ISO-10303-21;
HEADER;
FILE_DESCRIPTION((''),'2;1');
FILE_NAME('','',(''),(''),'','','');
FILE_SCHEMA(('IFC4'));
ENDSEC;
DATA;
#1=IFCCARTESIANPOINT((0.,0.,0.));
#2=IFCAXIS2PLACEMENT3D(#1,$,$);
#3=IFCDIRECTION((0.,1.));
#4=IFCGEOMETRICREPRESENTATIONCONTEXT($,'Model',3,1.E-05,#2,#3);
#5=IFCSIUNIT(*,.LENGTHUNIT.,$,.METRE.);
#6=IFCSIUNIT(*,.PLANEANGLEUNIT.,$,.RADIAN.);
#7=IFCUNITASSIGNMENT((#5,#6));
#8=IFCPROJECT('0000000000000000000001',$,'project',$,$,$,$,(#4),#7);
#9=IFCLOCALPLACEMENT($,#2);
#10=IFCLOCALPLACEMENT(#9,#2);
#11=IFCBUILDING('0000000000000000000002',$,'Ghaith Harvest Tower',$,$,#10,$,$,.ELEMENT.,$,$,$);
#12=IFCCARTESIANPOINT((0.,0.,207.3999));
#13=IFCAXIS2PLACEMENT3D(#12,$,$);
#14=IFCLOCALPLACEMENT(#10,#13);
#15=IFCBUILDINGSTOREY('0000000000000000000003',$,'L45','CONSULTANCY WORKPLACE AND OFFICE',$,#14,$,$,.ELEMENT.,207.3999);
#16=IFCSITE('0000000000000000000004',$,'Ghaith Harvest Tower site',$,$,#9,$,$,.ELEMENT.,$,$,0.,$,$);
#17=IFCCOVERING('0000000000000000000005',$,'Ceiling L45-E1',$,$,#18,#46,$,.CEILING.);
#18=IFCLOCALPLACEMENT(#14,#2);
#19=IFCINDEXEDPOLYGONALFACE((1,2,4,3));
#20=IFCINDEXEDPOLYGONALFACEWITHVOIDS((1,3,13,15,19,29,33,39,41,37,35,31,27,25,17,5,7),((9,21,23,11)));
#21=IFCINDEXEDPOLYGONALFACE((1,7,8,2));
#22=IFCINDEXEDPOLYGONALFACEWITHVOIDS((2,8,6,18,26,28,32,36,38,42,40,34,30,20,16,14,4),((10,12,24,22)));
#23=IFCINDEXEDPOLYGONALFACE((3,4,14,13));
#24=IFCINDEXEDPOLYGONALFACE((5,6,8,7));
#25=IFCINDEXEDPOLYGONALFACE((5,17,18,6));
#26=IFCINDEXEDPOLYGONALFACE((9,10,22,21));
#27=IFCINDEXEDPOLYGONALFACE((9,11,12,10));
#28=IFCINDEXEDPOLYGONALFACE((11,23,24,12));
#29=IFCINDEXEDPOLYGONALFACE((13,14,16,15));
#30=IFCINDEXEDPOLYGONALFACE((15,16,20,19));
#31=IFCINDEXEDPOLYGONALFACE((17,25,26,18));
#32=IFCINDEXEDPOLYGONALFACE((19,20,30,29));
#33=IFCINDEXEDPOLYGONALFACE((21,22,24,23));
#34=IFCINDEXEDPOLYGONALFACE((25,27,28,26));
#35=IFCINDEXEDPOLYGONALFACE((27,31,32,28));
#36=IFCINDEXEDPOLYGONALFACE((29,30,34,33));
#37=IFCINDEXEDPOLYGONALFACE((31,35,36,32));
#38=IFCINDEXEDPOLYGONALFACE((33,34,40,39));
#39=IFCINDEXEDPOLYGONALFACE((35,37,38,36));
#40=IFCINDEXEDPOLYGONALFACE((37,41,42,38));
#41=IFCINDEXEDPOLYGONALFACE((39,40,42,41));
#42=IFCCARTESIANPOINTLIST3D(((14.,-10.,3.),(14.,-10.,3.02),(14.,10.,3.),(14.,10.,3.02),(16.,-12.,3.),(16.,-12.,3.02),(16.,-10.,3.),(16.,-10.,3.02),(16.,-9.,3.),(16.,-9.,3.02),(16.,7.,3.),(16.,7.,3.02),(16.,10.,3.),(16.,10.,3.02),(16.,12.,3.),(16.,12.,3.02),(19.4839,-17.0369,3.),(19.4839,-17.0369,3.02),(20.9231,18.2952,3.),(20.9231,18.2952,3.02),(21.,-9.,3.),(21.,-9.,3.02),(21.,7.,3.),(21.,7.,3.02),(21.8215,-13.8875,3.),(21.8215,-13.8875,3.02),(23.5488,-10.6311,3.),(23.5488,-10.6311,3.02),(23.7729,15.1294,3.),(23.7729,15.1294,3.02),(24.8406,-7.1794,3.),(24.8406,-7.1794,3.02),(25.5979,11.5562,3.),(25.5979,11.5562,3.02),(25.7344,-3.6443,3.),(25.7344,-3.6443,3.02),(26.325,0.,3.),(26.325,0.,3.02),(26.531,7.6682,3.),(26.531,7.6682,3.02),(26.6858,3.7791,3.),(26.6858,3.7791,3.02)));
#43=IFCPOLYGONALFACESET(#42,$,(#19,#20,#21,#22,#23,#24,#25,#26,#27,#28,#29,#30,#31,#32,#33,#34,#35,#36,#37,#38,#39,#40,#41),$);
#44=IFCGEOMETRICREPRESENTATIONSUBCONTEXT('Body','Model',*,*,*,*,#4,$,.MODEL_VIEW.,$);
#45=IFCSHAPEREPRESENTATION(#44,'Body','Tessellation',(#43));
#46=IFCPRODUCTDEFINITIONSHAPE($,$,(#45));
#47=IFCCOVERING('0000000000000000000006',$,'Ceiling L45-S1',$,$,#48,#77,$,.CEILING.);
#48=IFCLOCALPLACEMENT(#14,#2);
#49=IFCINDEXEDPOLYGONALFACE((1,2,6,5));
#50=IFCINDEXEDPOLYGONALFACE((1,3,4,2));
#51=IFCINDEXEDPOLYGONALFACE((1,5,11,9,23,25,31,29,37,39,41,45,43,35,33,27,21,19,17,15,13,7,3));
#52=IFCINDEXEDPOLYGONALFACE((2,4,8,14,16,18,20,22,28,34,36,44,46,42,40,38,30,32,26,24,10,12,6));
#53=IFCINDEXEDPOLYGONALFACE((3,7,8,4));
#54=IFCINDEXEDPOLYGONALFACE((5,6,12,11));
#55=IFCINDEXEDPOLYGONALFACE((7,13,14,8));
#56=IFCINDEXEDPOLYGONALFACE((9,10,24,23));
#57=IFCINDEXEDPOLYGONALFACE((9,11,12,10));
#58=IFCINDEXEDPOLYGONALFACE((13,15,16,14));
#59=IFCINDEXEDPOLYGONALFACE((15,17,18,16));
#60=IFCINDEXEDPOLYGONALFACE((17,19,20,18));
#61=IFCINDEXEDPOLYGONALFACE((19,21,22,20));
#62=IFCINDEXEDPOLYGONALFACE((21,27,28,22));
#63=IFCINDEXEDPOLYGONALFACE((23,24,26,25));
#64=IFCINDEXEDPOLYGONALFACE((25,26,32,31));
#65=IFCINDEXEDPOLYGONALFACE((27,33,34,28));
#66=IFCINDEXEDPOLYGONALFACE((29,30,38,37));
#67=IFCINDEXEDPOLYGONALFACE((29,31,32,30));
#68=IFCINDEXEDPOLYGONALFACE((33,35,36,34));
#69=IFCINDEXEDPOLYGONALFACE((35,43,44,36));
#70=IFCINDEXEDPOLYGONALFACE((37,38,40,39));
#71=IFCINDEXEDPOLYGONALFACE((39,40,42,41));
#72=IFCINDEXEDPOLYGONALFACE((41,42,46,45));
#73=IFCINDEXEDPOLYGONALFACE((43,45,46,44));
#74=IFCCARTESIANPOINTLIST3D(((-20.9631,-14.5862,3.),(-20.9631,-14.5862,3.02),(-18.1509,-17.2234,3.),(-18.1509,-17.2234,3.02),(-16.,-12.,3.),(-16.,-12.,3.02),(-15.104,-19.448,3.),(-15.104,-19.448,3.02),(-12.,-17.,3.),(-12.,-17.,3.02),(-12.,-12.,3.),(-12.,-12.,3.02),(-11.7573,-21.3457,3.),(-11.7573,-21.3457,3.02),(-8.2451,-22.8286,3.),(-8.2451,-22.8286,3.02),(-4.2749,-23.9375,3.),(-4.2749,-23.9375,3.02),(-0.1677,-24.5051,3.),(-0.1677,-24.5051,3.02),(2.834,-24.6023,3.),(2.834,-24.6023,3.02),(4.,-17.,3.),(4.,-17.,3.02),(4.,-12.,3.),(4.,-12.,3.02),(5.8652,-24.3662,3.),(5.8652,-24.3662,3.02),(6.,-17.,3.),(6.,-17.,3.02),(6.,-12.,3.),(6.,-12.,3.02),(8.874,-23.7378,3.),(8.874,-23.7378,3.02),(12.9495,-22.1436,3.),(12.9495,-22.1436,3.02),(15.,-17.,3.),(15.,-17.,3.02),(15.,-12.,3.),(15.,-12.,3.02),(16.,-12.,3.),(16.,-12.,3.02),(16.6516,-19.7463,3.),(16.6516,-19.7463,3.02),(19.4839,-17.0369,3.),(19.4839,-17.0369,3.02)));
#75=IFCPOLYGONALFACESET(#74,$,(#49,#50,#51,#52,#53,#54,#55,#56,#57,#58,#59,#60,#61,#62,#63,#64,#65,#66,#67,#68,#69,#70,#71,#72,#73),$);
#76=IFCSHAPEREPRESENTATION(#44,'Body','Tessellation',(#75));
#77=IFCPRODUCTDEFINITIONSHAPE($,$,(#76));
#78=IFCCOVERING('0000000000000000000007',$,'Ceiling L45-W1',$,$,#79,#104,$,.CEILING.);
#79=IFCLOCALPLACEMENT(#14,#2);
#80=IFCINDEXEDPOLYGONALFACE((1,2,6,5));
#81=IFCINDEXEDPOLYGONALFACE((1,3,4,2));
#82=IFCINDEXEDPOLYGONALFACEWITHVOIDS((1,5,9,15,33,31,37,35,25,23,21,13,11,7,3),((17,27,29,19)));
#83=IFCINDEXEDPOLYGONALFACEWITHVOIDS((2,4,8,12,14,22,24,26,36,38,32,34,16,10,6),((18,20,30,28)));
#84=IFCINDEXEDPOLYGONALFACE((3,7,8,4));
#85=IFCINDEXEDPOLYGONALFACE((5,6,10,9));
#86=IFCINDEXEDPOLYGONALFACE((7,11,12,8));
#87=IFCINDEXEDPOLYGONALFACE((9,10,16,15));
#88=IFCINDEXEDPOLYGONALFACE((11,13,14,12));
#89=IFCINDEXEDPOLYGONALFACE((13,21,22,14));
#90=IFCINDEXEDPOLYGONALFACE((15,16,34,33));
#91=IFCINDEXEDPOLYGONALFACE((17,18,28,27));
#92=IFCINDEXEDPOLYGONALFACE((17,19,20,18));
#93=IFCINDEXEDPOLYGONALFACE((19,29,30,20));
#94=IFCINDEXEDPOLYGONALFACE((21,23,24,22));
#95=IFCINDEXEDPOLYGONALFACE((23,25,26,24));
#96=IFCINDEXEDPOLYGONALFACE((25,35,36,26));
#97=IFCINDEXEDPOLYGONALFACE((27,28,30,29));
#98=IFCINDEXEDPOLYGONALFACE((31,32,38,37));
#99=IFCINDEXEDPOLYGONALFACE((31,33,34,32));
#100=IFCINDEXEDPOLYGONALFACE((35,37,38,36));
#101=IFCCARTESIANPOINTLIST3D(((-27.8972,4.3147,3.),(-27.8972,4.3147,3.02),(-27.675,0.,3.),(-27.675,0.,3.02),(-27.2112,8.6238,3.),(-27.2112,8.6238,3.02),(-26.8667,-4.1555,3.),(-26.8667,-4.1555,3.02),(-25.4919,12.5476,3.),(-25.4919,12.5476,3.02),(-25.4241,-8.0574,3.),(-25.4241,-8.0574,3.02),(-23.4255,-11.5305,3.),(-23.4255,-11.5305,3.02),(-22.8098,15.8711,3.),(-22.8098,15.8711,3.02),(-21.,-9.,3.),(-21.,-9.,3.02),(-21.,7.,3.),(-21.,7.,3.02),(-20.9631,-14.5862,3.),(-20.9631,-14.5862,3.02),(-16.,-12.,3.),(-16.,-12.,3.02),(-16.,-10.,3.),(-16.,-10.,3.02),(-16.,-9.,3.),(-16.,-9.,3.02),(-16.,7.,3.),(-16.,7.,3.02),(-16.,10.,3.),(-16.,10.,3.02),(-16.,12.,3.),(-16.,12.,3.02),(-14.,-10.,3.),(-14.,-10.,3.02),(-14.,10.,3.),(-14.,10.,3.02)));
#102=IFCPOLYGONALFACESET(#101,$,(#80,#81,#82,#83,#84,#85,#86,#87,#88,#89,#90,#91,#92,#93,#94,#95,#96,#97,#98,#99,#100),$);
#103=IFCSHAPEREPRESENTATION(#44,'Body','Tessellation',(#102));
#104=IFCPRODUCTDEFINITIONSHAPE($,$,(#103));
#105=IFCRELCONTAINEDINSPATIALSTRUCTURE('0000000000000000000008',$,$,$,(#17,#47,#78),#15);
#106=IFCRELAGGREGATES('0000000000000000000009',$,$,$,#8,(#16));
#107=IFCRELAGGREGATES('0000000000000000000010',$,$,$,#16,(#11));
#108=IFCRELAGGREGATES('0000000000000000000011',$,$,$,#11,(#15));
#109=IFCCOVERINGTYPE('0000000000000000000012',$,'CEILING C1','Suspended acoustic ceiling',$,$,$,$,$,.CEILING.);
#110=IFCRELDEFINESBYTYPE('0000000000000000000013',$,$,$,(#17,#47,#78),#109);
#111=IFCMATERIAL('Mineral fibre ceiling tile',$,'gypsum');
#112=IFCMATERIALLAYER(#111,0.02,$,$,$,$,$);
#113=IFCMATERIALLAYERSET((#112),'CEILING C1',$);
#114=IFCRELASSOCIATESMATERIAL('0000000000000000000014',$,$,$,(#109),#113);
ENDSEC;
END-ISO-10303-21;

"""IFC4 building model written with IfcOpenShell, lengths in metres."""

from ifc_helpers import new_model, si_unit, direction, frame, origin, place, context, subcontext, project, spatial, polyline, outline, extrude, material, layer, layer_set, type_object, element, save


model = new_model("IFC4")

# Units and contexts
model_context = context("Model", 3, precision=1e-05, world=origin(), true_north=direction((0.0, 1.0)))
body_context = subcontext(model_context, "Body", "Model", "MODEL_VIEW")
ifc_project = project(units=[si_unit("LENGTHUNIT", "METRE"), si_unit("PLANEANGLEUNIT", "RADIAN")], contexts=[model_context])

# Site, building, storey
site_placement = place(None, origin())
site = spatial("IfcSite", under=ifc_project, at=site_placement, Name="Ghaith Harvest Tower site", CompositionType="ELEMENT", RefElevation=0.0)
building_placement = place(site_placement, origin())
building = spatial("IfcBuilding", under=site, at=building_placement, Name="Ghaith Harvest Tower", CompositionType="ELEMENT")
storey_placement = place(building_placement, frame((0.0, 0.0, 207.3999)))
storey = spatial("IfcBuildingStorey", under=building, at=storey_placement, Name="L45", Description="CONSULTANCY WORKPLACE AND OFFICE", CompositionType="ELEMENT", Elevation=207.3999)

# Coverings
ifc_material_1 = material(Name="Mineral fibre ceiling tile", Category="gypsum")
ifc_layer_1 = layer(ifc_material_1, 0.02)
ifc_layer_set_1 = layer_set([ifc_layer_1], Name="CEILING C1")
covering_type = type_object("IfcCoveringType", Name="CEILING C1", Description="Suspended acoustic ceiling", PredefinedType="CEILING", material=ifc_layer_set_1)
covering_1_placement = place(storey_placement, frame((0.0, 0.0, 3.0)))
element("IfcCovering", 1, at=covering_1_placement, inside=storey, type_object=covering_type, Name="Ceiling L45-E1", PredefinedType="CEILING", context=body_context, shape_type="SweptSolid", body=[
    extrude(outline(polyline([(23.7729, 15.1294), (25.5979, 11.5562), (26.531, 7.6682), (26.6858, 3.7791), (26.325, 0.0), (25.7344, -3.6443), (24.8406, -7.1794), (23.5488, -10.6311), (21.8215, -13.8875), (19.4839, -17.0369), (16.0, -12.0), (16.0, -10.0), (14.0, -10.0), (14.0, 10.0), (16.0, 10.0), (16.0, 12.0), (20.9231, 18.2952), (23.7729, 15.1294)]), holes=[polyline([(16.0, 7.0), (16.0, -9.0), (21.0, -9.0), (21.0, 7.0), (16.0, 7.0)])]), origin(), (0.0, 0.0, 1.0), 0.02),
])
covering_2_placement = place(storey_placement, frame((0.0, 0.0, 3.0)))
element("IfcCovering", 2, at=covering_2_placement, inside=storey, type_object=covering_type, Name="Ceiling L45-S1", PredefinedType="CEILING", context=body_context, shape_type="SweptSolid", body=[
    extrude(outline(polyline([(16.6516, -19.7463), (12.9495, -22.1436), (8.874, -23.7378), (5.8652, -24.3662), (2.834, -24.6023), (-0.1677, -24.5051), (-4.2749, -23.9375), (-8.2451, -22.8286), (-11.7573, -21.3457), (-15.104, -19.448), (-18.1509, -17.2234), (-20.9631, -14.5862), (-16.0, -12.0), (-12.0, -12.0), (-12.0, -17.0), (4.0, -17.0), (4.0, -12.0), (6.0, -12.0), (6.0, -17.0), (15.0, -17.0), (15.0, -12.0), (16.0, -12.0), (19.4839, -17.0369), (16.6516, -19.7463)])), origin(), (0.0, 0.0, 1.0), 0.02),
])
covering_3_placement = place(storey_placement, frame((0.0, 0.0, 3.0)))
element("IfcCovering", 3, at=covering_3_placement, inside=storey, type_object=covering_type, Name="Ceiling L45-W1", PredefinedType="CEILING", context=body_context, shape_type="SweptSolid", body=[
    extrude(outline(polyline([(-27.2112, 8.6238), (-25.4919, 12.5476), (-22.8098, 15.8711), (-16.0, 12.0), (-16.0, 10.0), (-14.0, 10.0), (-14.0, -10.0), (-16.0, -10.0), (-16.0, -12.0), (-20.9631, -14.5862), (-23.4255, -11.5305), (-25.4241, -8.0574), (-26.8667, -4.1555), (-27.675, 0.0), (-27.8972, 4.3147), (-27.2112, 8.6238)]), holes=[polyline([(-21.0, 7.0), (-21.0, -9.0), (-16.0, -9.0), (-16.0, 7.0), (-21.0, 7.0)])]), origin(), (0.0, 0.0, 1.0), 0.02),
])

save(model, "model.ifc")
